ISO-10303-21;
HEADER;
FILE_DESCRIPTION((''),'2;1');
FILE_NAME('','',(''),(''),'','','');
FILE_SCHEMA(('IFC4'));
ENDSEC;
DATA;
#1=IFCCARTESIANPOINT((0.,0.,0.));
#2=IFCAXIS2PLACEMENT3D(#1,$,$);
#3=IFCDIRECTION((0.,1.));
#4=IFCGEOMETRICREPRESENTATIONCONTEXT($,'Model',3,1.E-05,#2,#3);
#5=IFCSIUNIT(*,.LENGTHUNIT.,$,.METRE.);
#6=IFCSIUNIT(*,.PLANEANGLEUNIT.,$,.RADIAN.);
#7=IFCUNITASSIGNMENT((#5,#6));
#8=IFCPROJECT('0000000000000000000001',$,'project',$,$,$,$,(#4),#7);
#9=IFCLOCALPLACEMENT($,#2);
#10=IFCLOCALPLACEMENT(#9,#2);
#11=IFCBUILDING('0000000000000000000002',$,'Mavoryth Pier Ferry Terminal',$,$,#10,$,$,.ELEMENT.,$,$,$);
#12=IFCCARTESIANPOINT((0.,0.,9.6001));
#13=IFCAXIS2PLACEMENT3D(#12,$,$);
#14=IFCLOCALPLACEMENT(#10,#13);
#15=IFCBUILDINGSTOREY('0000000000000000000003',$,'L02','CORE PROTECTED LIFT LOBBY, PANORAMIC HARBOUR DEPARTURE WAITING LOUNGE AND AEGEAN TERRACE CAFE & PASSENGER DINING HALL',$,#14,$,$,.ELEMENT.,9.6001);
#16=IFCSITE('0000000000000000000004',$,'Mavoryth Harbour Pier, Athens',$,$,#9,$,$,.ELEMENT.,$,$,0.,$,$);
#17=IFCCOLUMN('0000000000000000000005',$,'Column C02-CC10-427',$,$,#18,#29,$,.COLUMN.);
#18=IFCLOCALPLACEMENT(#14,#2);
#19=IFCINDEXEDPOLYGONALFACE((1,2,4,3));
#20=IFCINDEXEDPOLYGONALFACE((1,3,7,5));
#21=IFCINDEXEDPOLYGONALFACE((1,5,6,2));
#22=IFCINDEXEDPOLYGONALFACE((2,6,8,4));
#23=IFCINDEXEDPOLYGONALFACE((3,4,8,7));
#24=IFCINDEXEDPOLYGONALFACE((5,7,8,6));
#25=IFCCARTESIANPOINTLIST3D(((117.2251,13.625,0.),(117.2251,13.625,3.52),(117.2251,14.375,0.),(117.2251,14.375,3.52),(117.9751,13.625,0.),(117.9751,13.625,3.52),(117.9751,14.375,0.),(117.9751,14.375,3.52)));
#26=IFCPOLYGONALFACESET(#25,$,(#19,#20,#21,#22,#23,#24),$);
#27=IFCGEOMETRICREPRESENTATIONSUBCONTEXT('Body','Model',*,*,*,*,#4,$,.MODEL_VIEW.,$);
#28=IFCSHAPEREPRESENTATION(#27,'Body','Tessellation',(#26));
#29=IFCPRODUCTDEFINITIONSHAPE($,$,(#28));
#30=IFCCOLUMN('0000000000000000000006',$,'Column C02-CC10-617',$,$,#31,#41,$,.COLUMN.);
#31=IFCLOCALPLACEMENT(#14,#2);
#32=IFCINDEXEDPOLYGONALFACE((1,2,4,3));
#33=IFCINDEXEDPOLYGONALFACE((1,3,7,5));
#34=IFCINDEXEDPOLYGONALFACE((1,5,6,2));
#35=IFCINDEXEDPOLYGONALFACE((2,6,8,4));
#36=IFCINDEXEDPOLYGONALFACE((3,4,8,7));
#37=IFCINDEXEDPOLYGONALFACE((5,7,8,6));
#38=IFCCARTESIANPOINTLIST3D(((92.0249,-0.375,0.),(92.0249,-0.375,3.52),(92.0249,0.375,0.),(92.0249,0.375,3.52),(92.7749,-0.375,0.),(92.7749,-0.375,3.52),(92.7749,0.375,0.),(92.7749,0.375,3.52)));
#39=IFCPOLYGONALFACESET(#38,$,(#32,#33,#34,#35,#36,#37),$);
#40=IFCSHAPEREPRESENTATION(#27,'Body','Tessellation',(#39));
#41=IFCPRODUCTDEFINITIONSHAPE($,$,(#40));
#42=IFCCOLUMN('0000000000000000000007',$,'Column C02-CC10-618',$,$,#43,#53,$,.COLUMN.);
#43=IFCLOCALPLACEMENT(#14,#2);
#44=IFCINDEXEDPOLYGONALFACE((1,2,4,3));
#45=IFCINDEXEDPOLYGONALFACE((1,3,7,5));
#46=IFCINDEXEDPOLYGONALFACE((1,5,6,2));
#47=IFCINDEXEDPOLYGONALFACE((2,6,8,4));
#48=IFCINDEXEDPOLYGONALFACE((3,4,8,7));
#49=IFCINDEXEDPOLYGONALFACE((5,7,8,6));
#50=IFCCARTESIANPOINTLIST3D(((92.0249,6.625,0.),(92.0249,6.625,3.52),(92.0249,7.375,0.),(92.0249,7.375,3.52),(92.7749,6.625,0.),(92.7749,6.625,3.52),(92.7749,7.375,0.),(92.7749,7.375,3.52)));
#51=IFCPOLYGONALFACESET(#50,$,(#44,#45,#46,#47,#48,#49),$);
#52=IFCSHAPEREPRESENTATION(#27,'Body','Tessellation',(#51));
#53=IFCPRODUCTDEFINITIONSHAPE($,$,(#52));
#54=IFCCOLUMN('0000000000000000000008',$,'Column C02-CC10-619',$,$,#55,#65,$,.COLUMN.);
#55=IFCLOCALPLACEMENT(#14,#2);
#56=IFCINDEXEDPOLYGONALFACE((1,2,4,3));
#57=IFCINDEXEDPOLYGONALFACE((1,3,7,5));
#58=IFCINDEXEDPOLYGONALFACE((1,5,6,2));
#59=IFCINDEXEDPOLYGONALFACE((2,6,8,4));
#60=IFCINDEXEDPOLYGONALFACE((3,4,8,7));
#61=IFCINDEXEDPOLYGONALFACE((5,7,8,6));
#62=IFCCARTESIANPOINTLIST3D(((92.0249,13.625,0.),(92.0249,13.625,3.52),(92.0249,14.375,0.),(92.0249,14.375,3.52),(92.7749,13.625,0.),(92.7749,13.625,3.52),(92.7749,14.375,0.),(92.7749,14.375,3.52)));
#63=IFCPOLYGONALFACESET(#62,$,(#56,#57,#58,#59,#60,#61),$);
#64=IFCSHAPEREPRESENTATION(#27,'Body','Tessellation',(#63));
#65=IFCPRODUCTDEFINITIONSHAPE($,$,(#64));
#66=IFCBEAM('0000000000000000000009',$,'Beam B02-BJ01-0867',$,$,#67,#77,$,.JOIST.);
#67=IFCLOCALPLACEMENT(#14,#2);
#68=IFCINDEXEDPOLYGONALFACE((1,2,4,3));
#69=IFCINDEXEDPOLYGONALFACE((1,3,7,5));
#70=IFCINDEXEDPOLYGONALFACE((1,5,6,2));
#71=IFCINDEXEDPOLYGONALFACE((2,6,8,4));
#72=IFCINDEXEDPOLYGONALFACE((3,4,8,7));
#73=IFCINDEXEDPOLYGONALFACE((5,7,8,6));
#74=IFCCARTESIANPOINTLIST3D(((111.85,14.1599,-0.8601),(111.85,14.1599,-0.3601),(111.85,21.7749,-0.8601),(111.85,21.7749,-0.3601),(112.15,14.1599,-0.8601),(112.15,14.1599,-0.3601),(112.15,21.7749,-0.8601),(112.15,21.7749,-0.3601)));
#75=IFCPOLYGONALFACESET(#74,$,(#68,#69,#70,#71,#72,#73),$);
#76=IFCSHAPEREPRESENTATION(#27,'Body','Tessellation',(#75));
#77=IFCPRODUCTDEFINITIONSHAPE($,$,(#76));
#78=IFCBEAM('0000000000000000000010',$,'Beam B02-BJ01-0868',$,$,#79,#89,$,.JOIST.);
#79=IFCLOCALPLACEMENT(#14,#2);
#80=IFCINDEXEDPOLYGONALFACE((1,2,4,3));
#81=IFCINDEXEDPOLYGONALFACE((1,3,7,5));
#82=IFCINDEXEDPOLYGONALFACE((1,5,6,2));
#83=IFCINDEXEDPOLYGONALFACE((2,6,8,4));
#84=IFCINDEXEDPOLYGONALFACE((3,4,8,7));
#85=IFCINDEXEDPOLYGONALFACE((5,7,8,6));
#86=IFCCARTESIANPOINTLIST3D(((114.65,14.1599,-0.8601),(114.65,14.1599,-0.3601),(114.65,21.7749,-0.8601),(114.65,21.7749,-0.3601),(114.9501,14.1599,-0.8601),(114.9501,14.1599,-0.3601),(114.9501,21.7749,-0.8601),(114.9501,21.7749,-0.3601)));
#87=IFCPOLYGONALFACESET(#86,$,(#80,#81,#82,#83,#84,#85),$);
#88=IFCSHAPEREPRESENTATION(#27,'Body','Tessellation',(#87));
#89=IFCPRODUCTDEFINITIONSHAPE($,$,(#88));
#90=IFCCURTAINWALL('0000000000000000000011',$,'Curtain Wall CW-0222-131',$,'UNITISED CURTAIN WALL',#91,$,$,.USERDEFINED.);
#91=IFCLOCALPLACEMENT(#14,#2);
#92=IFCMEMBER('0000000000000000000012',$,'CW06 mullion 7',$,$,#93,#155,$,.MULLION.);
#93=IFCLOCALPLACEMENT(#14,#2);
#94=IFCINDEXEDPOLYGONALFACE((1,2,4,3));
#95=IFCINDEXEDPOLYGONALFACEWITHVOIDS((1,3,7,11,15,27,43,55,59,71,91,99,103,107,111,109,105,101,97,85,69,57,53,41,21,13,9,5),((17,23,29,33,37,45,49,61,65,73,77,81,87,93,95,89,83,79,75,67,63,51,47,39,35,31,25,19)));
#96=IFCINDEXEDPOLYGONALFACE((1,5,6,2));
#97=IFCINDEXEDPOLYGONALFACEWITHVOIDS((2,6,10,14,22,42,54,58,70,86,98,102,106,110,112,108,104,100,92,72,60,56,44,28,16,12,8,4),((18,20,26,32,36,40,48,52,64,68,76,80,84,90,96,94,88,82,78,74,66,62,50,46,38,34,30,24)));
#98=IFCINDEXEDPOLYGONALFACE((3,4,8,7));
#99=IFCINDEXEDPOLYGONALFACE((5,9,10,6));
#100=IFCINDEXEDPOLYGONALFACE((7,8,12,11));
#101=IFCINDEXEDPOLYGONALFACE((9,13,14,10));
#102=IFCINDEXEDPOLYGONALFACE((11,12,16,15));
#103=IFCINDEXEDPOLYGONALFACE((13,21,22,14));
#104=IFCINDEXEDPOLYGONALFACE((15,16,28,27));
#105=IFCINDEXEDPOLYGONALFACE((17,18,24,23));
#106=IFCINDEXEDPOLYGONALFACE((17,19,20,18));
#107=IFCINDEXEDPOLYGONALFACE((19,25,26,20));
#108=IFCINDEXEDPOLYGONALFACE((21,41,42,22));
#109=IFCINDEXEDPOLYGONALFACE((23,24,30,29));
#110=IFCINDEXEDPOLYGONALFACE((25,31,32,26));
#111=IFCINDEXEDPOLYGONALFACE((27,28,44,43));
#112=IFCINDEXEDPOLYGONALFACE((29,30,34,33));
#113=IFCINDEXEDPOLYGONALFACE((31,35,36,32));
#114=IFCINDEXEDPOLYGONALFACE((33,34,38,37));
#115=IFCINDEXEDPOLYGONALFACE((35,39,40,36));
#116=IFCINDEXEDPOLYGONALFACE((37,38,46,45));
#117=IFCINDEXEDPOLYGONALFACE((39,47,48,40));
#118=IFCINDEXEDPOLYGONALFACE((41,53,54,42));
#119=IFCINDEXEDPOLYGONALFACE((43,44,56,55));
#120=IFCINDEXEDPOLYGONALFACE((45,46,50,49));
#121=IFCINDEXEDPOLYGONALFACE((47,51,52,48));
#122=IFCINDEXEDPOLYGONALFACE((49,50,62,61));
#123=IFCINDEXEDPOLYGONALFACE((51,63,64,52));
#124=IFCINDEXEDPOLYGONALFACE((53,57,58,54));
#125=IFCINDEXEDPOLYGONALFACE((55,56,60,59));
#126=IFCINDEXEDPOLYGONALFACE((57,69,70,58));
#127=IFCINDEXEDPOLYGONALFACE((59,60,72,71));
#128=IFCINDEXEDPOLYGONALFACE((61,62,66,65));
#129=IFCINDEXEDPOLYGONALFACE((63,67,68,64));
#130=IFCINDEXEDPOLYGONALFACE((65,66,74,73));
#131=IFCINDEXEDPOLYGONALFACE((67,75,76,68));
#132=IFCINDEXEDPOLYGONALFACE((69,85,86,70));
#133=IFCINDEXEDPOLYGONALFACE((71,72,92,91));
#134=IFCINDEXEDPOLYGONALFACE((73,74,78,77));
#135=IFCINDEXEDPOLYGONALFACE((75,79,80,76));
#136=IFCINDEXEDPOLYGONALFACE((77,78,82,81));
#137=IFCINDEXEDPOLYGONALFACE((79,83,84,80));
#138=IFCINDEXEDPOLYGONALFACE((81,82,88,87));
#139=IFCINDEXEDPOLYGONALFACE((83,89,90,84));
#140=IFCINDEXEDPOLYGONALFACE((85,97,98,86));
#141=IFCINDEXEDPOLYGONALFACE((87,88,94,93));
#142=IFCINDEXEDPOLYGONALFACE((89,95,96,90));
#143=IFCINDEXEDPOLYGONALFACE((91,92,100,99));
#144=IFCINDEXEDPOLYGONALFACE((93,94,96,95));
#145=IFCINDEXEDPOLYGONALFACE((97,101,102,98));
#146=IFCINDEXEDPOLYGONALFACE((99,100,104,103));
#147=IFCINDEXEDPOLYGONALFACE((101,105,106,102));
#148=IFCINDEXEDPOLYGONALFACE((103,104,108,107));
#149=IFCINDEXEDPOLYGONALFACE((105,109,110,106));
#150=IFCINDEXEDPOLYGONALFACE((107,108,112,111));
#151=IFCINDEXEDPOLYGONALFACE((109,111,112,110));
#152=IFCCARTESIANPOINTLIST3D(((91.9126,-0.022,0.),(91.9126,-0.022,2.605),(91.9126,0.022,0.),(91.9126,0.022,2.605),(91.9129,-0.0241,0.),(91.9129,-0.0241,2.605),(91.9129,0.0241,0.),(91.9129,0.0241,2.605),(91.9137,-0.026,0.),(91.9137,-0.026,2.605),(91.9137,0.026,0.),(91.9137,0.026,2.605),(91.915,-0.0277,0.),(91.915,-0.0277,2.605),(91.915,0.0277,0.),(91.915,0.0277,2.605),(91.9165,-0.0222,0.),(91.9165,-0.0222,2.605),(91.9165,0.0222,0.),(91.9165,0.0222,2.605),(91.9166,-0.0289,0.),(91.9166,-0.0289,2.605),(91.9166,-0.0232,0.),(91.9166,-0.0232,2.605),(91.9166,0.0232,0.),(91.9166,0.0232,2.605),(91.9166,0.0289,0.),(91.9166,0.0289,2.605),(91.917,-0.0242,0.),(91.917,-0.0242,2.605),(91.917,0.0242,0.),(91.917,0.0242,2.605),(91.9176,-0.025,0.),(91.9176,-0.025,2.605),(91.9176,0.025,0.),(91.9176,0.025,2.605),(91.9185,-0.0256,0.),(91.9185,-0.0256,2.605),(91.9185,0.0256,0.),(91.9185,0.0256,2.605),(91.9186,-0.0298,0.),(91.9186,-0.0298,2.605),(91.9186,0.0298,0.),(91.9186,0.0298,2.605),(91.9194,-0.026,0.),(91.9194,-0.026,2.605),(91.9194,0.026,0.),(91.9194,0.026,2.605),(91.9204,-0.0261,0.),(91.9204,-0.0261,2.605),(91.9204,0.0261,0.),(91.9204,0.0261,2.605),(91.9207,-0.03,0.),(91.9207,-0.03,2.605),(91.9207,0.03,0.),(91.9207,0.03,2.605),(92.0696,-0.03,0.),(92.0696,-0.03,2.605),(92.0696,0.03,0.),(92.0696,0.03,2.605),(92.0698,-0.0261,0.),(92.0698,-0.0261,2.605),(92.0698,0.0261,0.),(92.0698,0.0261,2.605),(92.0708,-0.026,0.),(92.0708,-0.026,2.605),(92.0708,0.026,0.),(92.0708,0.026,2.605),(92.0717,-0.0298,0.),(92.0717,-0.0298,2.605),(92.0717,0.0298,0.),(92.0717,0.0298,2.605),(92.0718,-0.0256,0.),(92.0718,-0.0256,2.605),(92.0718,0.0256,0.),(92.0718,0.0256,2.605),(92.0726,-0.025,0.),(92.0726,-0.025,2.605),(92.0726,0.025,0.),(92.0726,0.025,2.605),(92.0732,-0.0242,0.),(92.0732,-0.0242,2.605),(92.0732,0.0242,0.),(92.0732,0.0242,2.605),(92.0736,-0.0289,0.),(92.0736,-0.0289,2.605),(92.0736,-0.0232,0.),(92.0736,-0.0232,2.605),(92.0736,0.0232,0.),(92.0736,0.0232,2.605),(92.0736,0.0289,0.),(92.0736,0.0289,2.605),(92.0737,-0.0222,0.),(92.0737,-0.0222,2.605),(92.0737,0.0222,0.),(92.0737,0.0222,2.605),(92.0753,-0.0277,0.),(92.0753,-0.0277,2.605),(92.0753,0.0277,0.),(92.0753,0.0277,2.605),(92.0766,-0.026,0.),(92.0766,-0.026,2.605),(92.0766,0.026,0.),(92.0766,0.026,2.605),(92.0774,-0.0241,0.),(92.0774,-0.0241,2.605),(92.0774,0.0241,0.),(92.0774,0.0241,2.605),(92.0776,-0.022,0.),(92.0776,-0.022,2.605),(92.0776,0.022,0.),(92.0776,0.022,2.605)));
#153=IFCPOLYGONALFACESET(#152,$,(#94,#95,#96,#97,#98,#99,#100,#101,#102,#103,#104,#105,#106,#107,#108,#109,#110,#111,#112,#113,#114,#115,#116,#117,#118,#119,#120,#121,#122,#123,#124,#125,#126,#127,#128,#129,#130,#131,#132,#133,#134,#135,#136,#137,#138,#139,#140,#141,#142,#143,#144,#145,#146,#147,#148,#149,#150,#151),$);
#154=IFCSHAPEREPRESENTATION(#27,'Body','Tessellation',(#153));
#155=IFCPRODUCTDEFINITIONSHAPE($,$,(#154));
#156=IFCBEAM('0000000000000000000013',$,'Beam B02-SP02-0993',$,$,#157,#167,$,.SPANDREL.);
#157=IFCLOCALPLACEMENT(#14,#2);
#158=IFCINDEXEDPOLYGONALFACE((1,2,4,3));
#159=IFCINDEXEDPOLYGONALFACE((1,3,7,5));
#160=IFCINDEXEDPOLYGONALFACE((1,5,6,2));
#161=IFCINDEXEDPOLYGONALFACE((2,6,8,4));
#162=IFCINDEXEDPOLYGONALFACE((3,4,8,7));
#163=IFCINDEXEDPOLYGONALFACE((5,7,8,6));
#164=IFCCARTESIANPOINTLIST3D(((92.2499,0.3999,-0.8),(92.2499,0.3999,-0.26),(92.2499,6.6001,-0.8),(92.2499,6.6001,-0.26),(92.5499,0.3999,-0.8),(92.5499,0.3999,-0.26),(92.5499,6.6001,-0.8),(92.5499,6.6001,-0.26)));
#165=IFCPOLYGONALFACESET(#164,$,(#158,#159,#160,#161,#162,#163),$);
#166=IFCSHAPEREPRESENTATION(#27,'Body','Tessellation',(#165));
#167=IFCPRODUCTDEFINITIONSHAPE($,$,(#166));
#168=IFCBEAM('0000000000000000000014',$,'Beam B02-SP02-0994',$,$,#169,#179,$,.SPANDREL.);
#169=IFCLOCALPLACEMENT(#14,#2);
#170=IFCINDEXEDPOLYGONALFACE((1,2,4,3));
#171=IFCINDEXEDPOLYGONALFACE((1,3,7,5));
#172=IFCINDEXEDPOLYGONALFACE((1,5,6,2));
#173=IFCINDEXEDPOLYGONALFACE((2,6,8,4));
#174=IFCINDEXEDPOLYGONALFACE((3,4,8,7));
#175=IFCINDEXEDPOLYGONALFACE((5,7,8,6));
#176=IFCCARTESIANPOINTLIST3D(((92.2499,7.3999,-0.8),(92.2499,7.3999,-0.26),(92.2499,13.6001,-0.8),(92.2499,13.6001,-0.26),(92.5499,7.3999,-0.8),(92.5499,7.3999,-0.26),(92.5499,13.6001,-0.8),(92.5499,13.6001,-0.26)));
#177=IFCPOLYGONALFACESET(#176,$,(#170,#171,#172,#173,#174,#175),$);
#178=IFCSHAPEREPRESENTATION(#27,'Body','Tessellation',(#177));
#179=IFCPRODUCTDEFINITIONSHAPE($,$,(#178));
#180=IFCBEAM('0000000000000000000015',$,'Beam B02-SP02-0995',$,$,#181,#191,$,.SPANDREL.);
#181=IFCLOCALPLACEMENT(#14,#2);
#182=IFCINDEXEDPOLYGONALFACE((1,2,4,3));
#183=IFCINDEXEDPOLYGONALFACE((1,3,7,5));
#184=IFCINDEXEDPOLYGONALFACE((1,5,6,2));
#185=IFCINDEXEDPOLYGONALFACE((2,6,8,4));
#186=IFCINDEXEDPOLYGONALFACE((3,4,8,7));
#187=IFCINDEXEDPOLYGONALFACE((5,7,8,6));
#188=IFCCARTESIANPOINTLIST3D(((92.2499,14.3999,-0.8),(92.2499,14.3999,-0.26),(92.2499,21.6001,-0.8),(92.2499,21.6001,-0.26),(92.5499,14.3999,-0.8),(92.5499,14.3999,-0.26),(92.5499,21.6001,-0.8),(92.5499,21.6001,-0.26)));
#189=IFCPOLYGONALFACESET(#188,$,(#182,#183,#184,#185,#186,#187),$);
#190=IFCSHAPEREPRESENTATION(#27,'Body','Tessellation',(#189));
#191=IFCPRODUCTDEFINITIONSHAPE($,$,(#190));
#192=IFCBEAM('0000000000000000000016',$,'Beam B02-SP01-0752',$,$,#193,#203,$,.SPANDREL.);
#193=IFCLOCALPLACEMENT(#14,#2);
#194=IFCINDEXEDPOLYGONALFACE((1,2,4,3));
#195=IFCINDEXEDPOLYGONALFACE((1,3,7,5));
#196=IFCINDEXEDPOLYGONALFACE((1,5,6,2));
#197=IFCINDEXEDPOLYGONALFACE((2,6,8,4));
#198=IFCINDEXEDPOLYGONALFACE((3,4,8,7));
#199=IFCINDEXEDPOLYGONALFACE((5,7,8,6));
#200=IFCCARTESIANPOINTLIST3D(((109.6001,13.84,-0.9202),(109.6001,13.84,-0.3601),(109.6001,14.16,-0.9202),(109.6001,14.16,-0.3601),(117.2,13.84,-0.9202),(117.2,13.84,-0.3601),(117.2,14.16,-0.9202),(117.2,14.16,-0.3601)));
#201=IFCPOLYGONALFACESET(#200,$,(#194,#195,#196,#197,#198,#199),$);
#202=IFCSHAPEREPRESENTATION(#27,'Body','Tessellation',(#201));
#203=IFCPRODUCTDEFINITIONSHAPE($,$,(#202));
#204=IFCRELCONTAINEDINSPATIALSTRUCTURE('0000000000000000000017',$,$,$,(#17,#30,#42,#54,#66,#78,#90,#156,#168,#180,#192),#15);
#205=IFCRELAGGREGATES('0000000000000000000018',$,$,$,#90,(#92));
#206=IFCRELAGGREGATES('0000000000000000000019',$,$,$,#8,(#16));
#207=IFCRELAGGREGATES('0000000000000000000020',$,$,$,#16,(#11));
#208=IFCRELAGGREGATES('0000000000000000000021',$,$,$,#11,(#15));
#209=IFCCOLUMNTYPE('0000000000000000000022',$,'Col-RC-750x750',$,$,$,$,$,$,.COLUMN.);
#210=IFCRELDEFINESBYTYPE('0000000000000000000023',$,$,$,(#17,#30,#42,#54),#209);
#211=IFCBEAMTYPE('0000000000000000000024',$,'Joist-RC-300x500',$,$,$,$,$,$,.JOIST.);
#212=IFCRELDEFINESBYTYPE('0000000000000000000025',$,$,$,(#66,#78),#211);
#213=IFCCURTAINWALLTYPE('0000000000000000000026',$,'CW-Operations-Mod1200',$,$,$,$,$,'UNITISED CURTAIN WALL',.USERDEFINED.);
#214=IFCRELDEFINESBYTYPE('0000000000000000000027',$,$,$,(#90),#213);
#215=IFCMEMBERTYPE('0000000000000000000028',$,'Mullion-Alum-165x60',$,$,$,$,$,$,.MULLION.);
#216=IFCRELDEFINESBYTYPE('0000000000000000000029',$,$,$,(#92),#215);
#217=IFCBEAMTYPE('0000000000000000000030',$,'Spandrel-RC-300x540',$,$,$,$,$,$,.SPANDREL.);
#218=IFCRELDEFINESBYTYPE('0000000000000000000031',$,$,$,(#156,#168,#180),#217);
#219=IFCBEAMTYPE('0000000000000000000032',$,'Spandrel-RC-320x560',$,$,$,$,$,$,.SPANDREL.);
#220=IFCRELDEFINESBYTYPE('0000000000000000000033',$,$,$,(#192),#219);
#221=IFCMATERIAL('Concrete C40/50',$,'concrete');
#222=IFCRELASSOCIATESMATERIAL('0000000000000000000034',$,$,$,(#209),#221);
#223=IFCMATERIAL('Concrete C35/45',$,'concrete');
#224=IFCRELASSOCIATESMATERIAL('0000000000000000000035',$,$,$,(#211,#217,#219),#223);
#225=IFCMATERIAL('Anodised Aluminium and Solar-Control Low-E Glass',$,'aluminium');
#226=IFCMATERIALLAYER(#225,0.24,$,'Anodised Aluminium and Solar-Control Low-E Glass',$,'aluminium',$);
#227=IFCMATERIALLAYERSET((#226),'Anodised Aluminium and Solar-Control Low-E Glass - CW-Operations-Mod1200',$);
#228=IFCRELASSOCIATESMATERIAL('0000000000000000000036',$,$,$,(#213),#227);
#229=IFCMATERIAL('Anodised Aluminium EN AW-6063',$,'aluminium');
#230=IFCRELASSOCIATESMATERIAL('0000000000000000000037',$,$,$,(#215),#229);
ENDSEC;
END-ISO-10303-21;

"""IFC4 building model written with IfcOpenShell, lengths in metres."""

from ifc_helpers import new_model, si_unit, direction, frame, origin, origin_2d, place, context, subcontext, project, spatial, rectangle, hollow_rectangle, extrude, material, layer, layer_set, material_profile, profile_set, type_object, element, aggregate, save


model = new_model("IFC4")

# Units and contexts
model_context = context("Model", 3, precision=1e-05, world=origin(), true_north=direction((0.0, 1.0)))
body_context = subcontext(model_context, "Body", "Model", "MODEL_VIEW")
ifc_project = project(units=[si_unit("LENGTHUNIT", "METRE"), si_unit("PLANEANGLEUNIT", "RADIAN")], contexts=[model_context])

# Site, building, storey
site_placement = place(None, origin())
site = spatial("IfcSite", under=ifc_project, at=site_placement, Name="Mavoryth Harbour Pier, Athens", CompositionType="ELEMENT", RefElevation=0.0)
building_placement = place(site_placement, origin())
building = spatial("IfcBuilding", under=site, at=building_placement, Name="Mavoryth Pier Ferry Terminal", CompositionType="ELEMENT")
storey_placement = place(building_placement, frame((0.0, 0.0, 9.6001)))
storey = spatial("IfcBuildingStorey", under=building, at=storey_placement, Name="L02", Description="CORE PROTECTED LIFT LOBBY, PANORAMIC HARBOUR DEPARTURE WAITING LOUNGE AND AEGEAN TERRACE CAFE & PASSENGER DINING HALL", CompositionType="ELEMENT", Elevation=9.6001)

# Columns
ifc_material_1 = material(Name="Concrete C40/50", Category="concrete")
ifc_material_profile_1 = material_profile(ifc_material_1, rectangle(XDim=0.75, YDim=0.75, at=origin_2d()), Name="RC 750x750", Category="concrete")
ifc_profile_set_1 = profile_set([ifc_material_profile_1], Name="Concrete C40/50 - RC 750x750")
column_type = type_object("IfcColumnType", Name="Col-RC-750x750", PredefinedType="COLUMN", material=ifc_profile_set_1)
for number, where, z_axis, x_axis, name in (
    (1, (117.6001, 14.0, 0.0), (0.0, 0.0, 1.0), (1.0, 0.0, 0.0), "Column C02-CC10-427"),
    (2, (92.3999, 0.0, 0.0), (0.0, 0.0, 1.0), (1.0, 0.0, 0.0), "Column C02-CC10-617"),
    (3, (92.3999, 7.0, 0.0), (0.0, 0.0, 1.0), (1.0, 0.0, 0.0), "Column C02-CC10-618"),
    (4, (92.3999, 14.0, 0.0), (0.0, 0.0, 1.0), (1.0, 0.0, 0.0), "Column C02-CC10-619"),
):
    element("IfcColumn", number, at=place(storey_placement, frame(where, z_axis=z_axis, x_axis=x_axis)), inside=storey, type_object=column_type, Name=name, PredefinedType="COLUMN", context=body_context, shape_type="SweptSolid", body=[
        extrude(rectangle(XDim=0.75, YDim=0.75, at=origin_2d()), origin(), (0.0, 0.0, 1.0), 3.52),
    ])

# Beams
ifc_material_2 = material(Name="Concrete C35/45", Category="concrete")
ifc_material_profile_2 = material_profile(ifc_material_2, rectangle(XDim=0.3, YDim=0.5, at=origin_2d()), Name="RC 300x500", Category="concrete")
ifc_profile_set_2 = profile_set([ifc_material_profile_2], Name="Concrete C35/45 - RC 300x500")
beam_type_1 = type_object("IfcBeamType", Name="Joist-RC-300x500", PredefinedType="JOIST", material=ifc_profile_set_2)
for number, where, z_axis, x_axis, name in (
    (5, (112.0, 14.1599, -0.6101), (0.0, 1.0, 0.0), (-1.0, 0.0, 0.0), "Beam B02-BJ01-0867"),
    (6, (114.8, 14.1599, -0.6101), (0.0, 1.0, 0.0), (-1.0, 0.0, 0.0), "Beam B02-BJ01-0868"),
):
    element("IfcBeam", number, at=place(storey_placement, frame(where, z_axis=z_axis, x_axis=x_axis)), inside=storey, type_object=beam_type_1, Name=name, PredefinedType="JOIST", context=body_context, shape_type="SweptSolid", body=[
        extrude(rectangle(XDim=0.3, YDim=0.5, at=origin_2d()), origin(), (0.0, 0.0, 1.0), 7.615),
    ])

# Curtain wall, member
ifc_material_3 = material(Name="Anodised Aluminium and Solar-Control Low-E Glass", Category="aluminium")
ifc_layer_1 = layer(ifc_material_3, 0.24, Name="Anodised Aluminium and Solar-Control Low-E Glass", Category="aluminium")
ifc_layer_set_1 = layer_set([ifc_layer_1], Name="Anodised Aluminium and Solar-Control Low-E Glass - CW-Operations-Mod1200")
curtain_wall_type = type_object("IfcCurtainWallType", Name="CW-Operations-Mod1200", ElementType="UNITISED CURTAIN WALL", PredefinedType="USERDEFINED", material=ifc_layer_set_1)
curtain_wall_placement = place(storey_placement, origin())
curtain_wall = element("IfcCurtainWall", 7, at=curtain_wall_placement, inside=storey, type_object=curtain_wall_type, Name="Curtain Wall CW-0222-131", ObjectType="UNITISED CURTAIN WALL", PredefinedType="USERDEFINED")
ifc_material_4 = material(Name="Anodised Aluminium EN AW-6063", Category="aluminium")
ifc_material_profile_3 = material_profile(ifc_material_4, hollow_rectangle(XDim=0.0601, YDim=0.165, WallThickness=0.0039, InnerFilletRadius=0.0039, OuterFilletRadius=0.0081, at=origin_2d()), Name="AL-MULL 165x60x4", Category="aluminium")
ifc_profile_set_3 = profile_set([ifc_material_profile_3], Name="Anodised Aluminium EN AW-6063 - AL-MULL 165x60x4")
member_type = type_object("IfcMemberType", Name="Mullion-Alum-165x60", PredefinedType="MULLION", material=ifc_profile_set_3)
member_placement = place(storey_placement, frame((91.9951, 0.0, 0.0), z_axis=(0.0, 0.0, 1.0), x_axis=(0.0, 1.0, 0.0)))
member = element("IfcMember", 8, at=member_placement, type_object=member_type, Name="CW06 mullion 7", PredefinedType="MULLION", context=body_context, shape_type="SweptSolid", body=[
    extrude(hollow_rectangle(XDim=0.0601, YDim=0.165, WallThickness=0.0039, InnerFilletRadius=0.0039, OuterFilletRadius=0.0081, at=origin_2d()), origin(), (0.0, 0.0, 1.0), 2.605),
])

# Beams
ifc_material_profile_4 = material_profile(ifc_material_2, rectangle(XDim=0.3, YDim=0.54, at=origin_2d()), Name="RC 300x540", Category="concrete")
ifc_profile_set_4 = profile_set([ifc_material_profile_4], Name="Concrete C35/45 - RC 300x540")
beam_type_2 = type_object("IfcBeamType", Name="Spandrel-RC-300x540", PredefinedType="SPANDREL", material=ifc_profile_set_4)
for number, where, z_axis, x_axis, name in (
    (9, (92.3999, 0.3999, -0.53), (0.0, 1.0, 0.0), (-1.0, 0.0, 0.0), "Beam B02-SP02-0993"),
    (10, (92.3999, 7.3999, -0.53), (0.0, 1.0, 0.0), (-1.0, 0.0, 0.0), "Beam B02-SP02-0994"),
):
    element("IfcBeam", number, at=place(storey_placement, frame(where, z_axis=z_axis, x_axis=x_axis)), inside=storey, type_object=beam_type_2, Name=name, PredefinedType="SPANDREL", context=body_context, shape_type="SweptSolid", body=[
        extrude(rectangle(XDim=0.3, YDim=0.54, at=origin_2d()), origin(), (0.0, 0.0, 1.0), 6.2002),
    ])
beam_1_placement = place(storey_placement, frame((92.3999, 14.3999, -0.53), z_axis=(0.0, 1.0, 0.0), x_axis=(-1.0, 0.0, 0.0)))
element("IfcBeam", 11, at=beam_1_placement, inside=storey, type_object=beam_type_2, Name="Beam B02-SP02-0995", PredefinedType="SPANDREL", context=body_context, shape_type="SweptSolid", body=[
    extrude(rectangle(XDim=0.3, YDim=0.54, at=origin_2d()), origin(), (0.0, 0.0, 1.0), 7.2002),
])
ifc_material_profile_5 = material_profile(ifc_material_2, rectangle(XDim=0.3201, YDim=0.5601, at=origin_2d()), Name="RC 320x560", Category="concrete")
ifc_profile_set_5 = profile_set([ifc_material_profile_5], Name="Concrete C35/45 - RC 320x560")
beam_type_3 = type_object("IfcBeamType", Name="Spandrel-RC-320x560", PredefinedType="SPANDREL", material=ifc_profile_set_5)
beam_2_placement = place(storey_placement, frame((109.6001, 14.0, -0.6401), z_axis=(1.0, 0.0, 0.0), x_axis=(0.0, 1.0, 0.0)))
element("IfcBeam", 12, at=beam_2_placement, inside=storey, type_object=beam_type_3, Name="Beam B02-SP01-0752", PredefinedType="SPANDREL", context=body_context, shape_type="SweptSolid", body=[
    extrude(rectangle(XDim=0.3201, YDim=0.5601, at=origin_2d()), origin(), (0.0, 0.0, 1.0), 7.5999),
])

aggregate(curtain_wall, [member])

save(model, "model.ifc")
